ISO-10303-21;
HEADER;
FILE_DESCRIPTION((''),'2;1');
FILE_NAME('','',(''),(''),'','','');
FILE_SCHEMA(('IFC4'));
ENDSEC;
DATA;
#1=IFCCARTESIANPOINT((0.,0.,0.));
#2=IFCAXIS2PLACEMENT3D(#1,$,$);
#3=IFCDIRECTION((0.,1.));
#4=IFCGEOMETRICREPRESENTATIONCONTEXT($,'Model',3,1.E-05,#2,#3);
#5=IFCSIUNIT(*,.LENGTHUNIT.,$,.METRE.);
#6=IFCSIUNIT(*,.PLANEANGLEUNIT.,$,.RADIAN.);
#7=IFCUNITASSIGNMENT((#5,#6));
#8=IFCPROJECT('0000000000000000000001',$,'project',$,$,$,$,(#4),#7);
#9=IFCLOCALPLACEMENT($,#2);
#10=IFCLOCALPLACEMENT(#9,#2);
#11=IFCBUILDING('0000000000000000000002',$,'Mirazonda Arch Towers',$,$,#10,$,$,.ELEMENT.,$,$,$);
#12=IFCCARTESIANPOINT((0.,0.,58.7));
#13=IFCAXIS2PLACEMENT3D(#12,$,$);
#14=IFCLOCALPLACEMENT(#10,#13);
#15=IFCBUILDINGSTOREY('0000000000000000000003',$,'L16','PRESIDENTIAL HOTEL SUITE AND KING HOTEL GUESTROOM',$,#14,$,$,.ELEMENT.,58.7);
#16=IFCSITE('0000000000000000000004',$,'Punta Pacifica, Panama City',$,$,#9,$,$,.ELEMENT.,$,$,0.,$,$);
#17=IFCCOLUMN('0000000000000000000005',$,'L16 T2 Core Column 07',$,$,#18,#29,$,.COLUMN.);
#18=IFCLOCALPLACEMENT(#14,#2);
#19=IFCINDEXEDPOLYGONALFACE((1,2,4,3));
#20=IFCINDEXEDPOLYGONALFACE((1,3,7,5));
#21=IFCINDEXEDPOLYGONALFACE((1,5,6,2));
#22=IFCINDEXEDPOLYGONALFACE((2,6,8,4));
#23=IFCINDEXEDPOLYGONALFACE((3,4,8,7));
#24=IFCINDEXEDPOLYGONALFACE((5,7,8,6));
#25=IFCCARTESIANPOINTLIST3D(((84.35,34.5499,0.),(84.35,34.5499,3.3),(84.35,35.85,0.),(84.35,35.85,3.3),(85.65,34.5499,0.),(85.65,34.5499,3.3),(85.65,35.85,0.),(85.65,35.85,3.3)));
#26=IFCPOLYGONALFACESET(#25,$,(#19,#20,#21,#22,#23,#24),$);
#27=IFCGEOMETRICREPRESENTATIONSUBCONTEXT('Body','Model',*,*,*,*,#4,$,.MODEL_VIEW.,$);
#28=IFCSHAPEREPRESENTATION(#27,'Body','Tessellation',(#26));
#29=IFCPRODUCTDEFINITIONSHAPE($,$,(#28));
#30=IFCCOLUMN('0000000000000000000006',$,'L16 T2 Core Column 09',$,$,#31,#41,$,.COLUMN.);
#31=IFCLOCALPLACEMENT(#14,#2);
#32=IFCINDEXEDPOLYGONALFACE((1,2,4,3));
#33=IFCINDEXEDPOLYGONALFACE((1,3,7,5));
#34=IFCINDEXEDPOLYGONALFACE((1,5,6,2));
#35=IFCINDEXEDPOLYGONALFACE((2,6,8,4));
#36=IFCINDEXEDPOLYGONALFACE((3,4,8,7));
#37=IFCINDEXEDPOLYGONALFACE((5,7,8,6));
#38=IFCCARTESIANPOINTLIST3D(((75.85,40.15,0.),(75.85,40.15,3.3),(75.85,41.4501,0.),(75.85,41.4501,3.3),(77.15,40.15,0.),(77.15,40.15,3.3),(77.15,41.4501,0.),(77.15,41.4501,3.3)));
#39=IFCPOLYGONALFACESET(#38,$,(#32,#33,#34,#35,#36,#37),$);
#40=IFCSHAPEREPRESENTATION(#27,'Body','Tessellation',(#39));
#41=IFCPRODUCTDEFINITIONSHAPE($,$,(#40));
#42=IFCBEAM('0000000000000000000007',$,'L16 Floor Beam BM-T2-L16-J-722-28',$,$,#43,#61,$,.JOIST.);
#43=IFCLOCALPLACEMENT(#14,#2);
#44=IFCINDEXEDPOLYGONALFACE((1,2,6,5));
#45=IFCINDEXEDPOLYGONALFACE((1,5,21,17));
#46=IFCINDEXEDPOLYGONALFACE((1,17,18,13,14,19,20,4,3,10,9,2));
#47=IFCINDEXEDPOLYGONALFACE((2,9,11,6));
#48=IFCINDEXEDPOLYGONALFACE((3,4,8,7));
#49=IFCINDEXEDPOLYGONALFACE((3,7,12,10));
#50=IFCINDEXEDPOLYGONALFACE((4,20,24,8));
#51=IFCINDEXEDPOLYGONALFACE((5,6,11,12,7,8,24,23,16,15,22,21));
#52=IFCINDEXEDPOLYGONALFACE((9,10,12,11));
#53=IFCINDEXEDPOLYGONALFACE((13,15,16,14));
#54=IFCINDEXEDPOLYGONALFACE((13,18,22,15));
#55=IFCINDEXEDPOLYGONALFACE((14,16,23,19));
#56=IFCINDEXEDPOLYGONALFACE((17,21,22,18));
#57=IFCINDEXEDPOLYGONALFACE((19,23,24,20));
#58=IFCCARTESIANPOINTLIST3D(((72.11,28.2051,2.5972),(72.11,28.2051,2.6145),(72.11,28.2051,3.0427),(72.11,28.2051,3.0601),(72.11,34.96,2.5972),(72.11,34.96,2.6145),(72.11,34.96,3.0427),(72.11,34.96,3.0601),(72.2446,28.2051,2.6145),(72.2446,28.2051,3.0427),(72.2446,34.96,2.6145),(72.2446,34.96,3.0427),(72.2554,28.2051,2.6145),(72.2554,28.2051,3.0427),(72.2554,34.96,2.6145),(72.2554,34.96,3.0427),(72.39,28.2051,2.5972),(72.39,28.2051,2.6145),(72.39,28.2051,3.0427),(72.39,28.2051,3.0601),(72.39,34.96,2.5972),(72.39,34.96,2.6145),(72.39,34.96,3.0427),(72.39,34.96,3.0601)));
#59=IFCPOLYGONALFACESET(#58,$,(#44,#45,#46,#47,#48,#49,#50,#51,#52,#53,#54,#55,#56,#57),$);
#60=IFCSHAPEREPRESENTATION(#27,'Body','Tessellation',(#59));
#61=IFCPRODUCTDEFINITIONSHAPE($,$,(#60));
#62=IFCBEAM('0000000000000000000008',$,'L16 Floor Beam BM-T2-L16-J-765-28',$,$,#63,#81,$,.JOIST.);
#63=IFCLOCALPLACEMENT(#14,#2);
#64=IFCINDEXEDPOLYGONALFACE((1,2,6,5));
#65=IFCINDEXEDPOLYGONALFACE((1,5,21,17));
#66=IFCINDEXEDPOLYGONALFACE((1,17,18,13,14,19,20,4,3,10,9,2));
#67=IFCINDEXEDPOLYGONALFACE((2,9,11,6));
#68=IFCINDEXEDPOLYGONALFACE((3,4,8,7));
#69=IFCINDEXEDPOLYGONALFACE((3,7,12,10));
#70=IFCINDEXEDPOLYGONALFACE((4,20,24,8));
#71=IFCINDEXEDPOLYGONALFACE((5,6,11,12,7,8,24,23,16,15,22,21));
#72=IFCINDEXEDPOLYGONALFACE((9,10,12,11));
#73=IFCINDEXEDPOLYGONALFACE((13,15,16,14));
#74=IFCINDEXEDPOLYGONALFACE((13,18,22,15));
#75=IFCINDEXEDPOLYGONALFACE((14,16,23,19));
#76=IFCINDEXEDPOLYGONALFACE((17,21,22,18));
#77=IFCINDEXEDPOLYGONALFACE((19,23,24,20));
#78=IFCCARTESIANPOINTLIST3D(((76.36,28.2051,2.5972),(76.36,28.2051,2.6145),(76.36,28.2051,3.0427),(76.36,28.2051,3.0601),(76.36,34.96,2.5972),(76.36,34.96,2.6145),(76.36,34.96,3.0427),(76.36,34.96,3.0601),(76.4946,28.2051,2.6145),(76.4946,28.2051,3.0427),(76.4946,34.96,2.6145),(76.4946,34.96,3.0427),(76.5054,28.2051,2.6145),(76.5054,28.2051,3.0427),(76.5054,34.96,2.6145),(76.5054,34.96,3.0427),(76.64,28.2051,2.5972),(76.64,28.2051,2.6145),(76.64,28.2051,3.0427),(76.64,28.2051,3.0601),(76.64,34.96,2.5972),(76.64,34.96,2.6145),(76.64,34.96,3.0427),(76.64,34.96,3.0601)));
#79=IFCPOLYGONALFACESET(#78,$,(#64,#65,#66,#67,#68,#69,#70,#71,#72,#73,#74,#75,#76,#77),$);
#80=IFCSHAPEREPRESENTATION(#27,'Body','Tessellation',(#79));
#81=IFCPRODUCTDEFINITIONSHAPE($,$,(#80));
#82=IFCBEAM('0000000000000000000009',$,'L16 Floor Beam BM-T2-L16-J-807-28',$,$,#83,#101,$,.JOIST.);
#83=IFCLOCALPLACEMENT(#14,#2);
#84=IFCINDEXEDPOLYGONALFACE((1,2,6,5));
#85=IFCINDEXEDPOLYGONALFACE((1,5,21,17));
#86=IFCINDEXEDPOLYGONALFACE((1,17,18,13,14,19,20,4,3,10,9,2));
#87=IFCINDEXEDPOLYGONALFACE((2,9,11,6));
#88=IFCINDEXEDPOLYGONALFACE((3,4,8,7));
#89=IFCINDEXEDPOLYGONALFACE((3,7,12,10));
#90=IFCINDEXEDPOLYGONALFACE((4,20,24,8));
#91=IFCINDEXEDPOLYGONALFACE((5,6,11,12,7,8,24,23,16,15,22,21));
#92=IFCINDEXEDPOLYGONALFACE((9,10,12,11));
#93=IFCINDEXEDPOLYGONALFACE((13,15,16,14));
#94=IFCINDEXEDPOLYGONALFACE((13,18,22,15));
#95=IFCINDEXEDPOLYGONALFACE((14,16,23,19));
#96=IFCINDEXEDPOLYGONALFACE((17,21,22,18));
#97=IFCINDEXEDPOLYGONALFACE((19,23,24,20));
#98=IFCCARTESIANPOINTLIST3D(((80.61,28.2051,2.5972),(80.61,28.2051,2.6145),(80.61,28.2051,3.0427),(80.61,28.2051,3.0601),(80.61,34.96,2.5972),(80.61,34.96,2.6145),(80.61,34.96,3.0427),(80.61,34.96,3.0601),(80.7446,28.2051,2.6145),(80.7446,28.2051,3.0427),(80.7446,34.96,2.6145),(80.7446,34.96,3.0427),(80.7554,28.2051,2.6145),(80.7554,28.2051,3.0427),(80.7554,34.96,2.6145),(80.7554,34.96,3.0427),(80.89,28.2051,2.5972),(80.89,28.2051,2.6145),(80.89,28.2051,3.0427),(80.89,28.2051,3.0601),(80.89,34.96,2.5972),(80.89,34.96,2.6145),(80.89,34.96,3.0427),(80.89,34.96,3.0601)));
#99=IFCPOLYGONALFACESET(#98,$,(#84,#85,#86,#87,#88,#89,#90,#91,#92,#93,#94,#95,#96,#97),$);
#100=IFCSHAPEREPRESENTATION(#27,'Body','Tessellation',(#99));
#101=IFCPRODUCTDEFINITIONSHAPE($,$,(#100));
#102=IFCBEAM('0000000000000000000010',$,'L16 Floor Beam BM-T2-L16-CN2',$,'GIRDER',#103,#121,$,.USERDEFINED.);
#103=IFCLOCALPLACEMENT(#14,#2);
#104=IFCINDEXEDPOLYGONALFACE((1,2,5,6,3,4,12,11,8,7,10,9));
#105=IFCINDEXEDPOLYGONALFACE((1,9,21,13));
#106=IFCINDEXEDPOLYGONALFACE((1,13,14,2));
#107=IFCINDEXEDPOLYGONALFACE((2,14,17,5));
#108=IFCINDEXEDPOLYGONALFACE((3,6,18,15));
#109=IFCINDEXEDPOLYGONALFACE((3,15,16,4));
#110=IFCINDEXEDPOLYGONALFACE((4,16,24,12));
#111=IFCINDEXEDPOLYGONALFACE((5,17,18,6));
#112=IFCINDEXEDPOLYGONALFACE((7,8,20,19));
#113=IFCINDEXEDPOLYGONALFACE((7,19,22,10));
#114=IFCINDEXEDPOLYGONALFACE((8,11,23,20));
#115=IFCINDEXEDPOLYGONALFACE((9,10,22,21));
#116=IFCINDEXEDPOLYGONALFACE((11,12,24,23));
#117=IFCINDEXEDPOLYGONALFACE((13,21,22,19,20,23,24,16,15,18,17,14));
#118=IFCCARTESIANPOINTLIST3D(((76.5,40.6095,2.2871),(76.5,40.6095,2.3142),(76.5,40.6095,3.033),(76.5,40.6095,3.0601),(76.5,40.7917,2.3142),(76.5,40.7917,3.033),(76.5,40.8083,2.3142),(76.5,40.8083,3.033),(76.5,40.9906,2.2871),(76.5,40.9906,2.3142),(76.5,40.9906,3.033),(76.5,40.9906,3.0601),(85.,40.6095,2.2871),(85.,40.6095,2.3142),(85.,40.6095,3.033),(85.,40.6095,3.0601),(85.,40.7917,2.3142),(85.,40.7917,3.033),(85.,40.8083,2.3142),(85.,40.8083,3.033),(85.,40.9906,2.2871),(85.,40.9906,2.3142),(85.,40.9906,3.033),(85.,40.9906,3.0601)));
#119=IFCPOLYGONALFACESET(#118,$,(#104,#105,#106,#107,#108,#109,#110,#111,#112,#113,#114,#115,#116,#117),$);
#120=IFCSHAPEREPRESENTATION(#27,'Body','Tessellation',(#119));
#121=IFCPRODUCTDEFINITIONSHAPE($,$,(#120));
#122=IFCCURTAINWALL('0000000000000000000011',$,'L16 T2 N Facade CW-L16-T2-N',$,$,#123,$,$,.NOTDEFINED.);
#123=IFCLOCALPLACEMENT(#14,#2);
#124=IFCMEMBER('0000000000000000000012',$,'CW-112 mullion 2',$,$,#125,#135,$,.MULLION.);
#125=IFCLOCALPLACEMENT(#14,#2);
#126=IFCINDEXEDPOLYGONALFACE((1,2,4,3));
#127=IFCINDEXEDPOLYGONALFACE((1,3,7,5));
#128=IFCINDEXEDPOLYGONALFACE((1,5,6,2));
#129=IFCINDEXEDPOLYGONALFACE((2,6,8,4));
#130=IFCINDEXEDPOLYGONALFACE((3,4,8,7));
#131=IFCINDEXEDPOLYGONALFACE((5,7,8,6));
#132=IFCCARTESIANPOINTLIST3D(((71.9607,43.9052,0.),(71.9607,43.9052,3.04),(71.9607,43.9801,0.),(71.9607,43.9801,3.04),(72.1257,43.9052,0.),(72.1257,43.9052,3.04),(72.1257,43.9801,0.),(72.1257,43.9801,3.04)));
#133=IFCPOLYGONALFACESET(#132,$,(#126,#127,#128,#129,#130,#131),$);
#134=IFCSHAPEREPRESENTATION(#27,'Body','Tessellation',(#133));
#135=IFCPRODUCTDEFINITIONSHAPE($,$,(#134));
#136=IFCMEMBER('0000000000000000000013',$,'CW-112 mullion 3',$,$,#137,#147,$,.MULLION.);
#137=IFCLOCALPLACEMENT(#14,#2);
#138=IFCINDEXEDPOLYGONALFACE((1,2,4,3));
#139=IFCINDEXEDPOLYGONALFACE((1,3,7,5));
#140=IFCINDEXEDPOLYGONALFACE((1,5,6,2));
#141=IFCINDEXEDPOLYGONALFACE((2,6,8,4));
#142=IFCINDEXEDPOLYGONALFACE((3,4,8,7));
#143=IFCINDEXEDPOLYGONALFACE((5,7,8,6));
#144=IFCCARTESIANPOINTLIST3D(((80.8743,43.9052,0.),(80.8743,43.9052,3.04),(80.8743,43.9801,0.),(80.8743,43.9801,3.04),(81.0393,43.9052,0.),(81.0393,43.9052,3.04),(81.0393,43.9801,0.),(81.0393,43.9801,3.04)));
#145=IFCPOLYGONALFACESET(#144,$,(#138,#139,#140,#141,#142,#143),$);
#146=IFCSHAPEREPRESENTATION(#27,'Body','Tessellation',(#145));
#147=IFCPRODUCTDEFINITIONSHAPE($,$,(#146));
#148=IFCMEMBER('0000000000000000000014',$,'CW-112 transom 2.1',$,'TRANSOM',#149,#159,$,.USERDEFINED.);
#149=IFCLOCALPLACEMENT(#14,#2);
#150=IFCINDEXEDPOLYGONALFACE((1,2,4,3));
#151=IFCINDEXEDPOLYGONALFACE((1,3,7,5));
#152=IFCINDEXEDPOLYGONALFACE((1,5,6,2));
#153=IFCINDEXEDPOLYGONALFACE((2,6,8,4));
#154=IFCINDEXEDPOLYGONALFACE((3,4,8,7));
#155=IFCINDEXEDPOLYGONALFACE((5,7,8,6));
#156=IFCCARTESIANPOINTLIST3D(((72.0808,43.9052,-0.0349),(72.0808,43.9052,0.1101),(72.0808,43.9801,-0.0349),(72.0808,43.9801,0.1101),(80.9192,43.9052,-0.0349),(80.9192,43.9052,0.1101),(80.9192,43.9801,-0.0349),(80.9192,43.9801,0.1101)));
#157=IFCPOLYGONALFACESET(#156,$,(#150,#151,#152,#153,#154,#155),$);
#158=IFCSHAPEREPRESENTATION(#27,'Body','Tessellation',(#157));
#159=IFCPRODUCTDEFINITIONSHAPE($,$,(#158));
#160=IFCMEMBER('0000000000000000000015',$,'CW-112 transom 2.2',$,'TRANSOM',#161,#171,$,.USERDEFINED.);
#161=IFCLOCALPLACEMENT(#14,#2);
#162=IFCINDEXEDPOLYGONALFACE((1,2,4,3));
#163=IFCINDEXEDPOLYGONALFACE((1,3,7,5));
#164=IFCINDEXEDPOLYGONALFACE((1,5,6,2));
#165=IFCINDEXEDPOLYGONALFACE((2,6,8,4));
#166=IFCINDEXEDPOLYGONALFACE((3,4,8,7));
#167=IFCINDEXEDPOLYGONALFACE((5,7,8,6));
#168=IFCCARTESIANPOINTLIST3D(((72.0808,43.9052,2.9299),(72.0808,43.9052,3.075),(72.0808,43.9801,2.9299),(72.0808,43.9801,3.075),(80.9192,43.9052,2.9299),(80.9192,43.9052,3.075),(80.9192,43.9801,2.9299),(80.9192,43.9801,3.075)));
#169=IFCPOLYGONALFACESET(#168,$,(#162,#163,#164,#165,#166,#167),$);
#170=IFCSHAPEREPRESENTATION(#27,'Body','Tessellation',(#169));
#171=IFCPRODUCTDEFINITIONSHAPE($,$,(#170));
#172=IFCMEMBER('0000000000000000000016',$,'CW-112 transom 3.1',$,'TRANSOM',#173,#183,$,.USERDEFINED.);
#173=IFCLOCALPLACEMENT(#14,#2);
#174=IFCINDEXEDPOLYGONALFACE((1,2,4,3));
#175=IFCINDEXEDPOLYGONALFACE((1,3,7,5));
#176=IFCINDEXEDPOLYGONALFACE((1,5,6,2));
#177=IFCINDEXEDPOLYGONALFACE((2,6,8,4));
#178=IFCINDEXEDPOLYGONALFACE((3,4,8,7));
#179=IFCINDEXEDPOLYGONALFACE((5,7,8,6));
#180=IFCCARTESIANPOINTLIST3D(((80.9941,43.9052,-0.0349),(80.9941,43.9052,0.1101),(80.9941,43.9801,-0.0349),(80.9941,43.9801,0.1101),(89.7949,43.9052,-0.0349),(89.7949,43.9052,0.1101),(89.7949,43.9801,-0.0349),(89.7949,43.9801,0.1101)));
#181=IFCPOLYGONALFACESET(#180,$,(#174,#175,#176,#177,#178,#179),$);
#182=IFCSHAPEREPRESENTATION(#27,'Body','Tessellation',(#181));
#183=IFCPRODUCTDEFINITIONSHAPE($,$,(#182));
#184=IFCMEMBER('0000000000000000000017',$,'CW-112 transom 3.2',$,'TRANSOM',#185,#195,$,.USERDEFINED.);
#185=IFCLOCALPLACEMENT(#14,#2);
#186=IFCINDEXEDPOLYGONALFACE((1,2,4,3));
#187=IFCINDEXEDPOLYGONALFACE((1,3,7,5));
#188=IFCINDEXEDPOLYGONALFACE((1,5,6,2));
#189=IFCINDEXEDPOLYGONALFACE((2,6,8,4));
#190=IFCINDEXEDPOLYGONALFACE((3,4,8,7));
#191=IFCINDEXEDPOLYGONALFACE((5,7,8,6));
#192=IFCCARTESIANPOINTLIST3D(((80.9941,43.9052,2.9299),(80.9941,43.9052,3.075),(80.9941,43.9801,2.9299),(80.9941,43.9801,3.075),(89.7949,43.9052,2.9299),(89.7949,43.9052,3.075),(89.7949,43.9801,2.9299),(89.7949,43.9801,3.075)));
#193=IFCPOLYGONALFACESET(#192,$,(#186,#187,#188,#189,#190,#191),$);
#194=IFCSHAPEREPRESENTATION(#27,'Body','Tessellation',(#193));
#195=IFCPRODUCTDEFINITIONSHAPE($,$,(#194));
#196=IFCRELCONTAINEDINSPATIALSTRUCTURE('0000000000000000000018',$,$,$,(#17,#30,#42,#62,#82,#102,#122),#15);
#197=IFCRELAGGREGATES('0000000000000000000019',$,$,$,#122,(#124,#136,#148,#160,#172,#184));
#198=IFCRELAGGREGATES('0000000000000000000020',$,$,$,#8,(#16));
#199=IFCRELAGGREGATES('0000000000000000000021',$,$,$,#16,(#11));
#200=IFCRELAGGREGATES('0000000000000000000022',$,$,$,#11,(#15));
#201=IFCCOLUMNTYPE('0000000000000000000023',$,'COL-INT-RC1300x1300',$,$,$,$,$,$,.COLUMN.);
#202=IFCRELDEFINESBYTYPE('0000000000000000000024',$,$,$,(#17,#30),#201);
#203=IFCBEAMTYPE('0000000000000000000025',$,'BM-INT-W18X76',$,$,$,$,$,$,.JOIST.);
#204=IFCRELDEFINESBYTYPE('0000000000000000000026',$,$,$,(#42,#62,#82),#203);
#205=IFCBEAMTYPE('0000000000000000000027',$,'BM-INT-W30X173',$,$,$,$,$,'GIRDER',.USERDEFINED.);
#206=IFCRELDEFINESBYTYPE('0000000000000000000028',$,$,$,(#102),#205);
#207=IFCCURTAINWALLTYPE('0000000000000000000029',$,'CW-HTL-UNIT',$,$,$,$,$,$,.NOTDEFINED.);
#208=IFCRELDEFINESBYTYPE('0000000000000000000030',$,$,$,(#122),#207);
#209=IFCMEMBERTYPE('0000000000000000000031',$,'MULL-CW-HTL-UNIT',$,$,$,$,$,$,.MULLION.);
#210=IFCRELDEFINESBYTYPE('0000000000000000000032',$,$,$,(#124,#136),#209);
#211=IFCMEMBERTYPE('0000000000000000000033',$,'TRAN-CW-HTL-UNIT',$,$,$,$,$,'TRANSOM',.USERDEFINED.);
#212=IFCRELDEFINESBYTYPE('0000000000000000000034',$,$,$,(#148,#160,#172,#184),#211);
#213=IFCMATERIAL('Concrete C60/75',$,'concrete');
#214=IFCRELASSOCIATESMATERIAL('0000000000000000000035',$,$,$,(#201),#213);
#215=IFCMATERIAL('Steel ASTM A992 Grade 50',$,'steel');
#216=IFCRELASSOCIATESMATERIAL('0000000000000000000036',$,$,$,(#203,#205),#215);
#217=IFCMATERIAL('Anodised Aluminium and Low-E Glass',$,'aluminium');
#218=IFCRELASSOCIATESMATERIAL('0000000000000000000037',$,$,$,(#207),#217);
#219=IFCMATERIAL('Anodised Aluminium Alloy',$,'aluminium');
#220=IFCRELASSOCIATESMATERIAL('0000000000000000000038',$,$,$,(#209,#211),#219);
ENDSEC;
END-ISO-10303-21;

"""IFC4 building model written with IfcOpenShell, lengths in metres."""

from ifc_helpers import new_model, si_unit, direction, frame, origin, origin_2d, place, context, subcontext, project, spatial, rectangle, i_section, extrude, material, material_profile, profile_set, type_object, element, aggregate, save


model = new_model("IFC4")

# Units and contexts
model_context = context("Model", 3, precision=1e-05, world=origin(), true_north=direction((0.0, 1.0)))
body_context = subcontext(model_context, "Body", "Model", "MODEL_VIEW")
ifc_project = project(units=[si_unit("LENGTHUNIT", "METRE"), si_unit("PLANEANGLEUNIT", "RADIAN")], contexts=[model_context])

# Site, building, storey
site_placement = place(None, origin())
site = spatial("IfcSite", under=ifc_project, at=site_placement, Name="Punta Pacifica, Panama City", CompositionType="ELEMENT", RefElevation=0.0)
building_placement = place(site_placement, origin())
building = spatial("IfcBuilding", under=site, at=building_placement, Name="Mirazonda Arch Towers", CompositionType="ELEMENT")
storey_placement = place(building_placement, frame((0.0, 0.0, 58.7)))
storey = spatial("IfcBuildingStorey", under=building, at=storey_placement, Name="L16", Description="PRESIDENTIAL HOTEL SUITE AND KING HOTEL GUESTROOM", CompositionType="ELEMENT", Elevation=58.7)

# Columns
ifc_material_1 = material(Name="Concrete C60/75", Category="concrete")
ifc_material_profile_1 = material_profile(ifc_material_1, rectangle(XDim=1.3, YDim=1.3, at=origin_2d()), Name="RC1300x1300")
ifc_profile_set_1 = profile_set([ifc_material_profile_1], Name="Concrete C60/75")
column_type = type_object("IfcColumnType", Name="COL-INT-RC1300x1300", PredefinedType="COLUMN", material=ifc_profile_set_1)
for number, where, z_axis, x_axis, name in (
    (1, (85.0, 35.2, 0.0), (0.0, 0.0, 1.0), (1.0, 0.0, 0.0), "L16 T2 Core Column 07"),
    (2, (76.5, 40.8, 0.0), (0.0, 0.0, 1.0), (1.0, 0.0, 0.0), "L16 T2 Core Column 09"),
):
    element("IfcColumn", number, at=place(storey_placement, frame(where, z_axis=z_axis, x_axis=x_axis)), inside=storey, type_object=column_type, Name=name, PredefinedType="COLUMN", context=body_context, shape_type="SweptSolid", body=[
        extrude(rectangle(XDim=1.3, YDim=1.3, at=origin_2d()), origin(), (0.0, 0.0, 1.0), 3.3),
    ])

# Beams
ifc_material_2 = material(Name="Steel ASTM A992 Grade 50", Category="steel")
ifc_material_profile_2 = material_profile(ifc_material_2, i_section(OverallWidth=0.28, OverallDepth=0.4629, WebThickness=0.0107, FlangeThickness=0.0173, at=origin_2d()), Name="W18X76")
ifc_profile_set_2 = profile_set([ifc_material_profile_2], Name="Steel ASTM A992 Grade 50")
beam_type_1 = type_object("IfcBeamType", Name="BM-INT-W18X76", PredefinedType="JOIST", material=ifc_profile_set_2)
for number, where, z_axis, x_axis, name in (
    (3, (72.25, 28.2051, 2.8286), (0.0, 1.0, 0.0), (-1.0, 0.0, 0.0), "L16 Floor Beam BM-T2-L16-J-722-28"),
    (4, (76.5, 28.2051, 2.8286), (0.0, 1.0, 0.0), (-1.0, 0.0, 0.0), "L16 Floor Beam BM-T2-L16-J-765-28"),
    (5, (80.75, 28.2051, 2.8286), (0.0, 1.0, 0.0), (-1.0, 0.0, 0.0), "L16 Floor Beam BM-T2-L16-J-807-28"),
):
    element("IfcBeam", number, at=place(storey_placement, frame(where, z_axis=z_axis, x_axis=x_axis)), inside=storey, type_object=beam_type_1, Name=name, PredefinedType="JOIST", context=body_context, shape_type="SweptSolid", body=[
        extrude(i_section(OverallWidth=0.28, OverallDepth=0.4629, WebThickness=0.0107, FlangeThickness=0.0173, at=origin_2d()), origin(), (0.0, 0.0, 1.0), 6.7549),
    ])
ifc_material_profile_3 = material_profile(ifc_material_2, i_section(OverallWidth=0.3811, OverallDepth=0.7729, WebThickness=0.0166, FlangeThickness=0.0271, at=origin_2d()), Name="W30X173")
ifc_profile_set_3 = profile_set([ifc_material_profile_3], Name="Steel ASTM A992 Grade 50")
beam_type_2 = type_object("IfcBeamType", Name="BM-INT-W30X173", ElementType="GIRDER", PredefinedType="USERDEFINED", material=ifc_profile_set_3)
beam_placement = place(storey_placement, frame((76.5, 40.8, 2.6736), z_axis=(1.0, 0.0, 0.0), x_axis=(0.0, 1.0, 0.0)))
element("IfcBeam", 6, at=beam_placement, inside=storey, type_object=beam_type_2, Name="L16 Floor Beam BM-T2-L16-CN2", ObjectType="GIRDER", PredefinedType="USERDEFINED", context=body_context, shape_type="SweptSolid", body=[
    extrude(i_section(OverallWidth=0.3811, OverallDepth=0.7729, WebThickness=0.0166, FlangeThickness=0.0271, at=origin_2d()), origin(), (0.0, 0.0, 1.0), 8.5),
])

# Curtain wall, members
ifc_material_3 = material(Name="Anodised Aluminium and Low-E Glass", Category="aluminium")
curtain_wall_type = type_object("IfcCurtainWallType", Name="CW-HTL-UNIT", PredefinedType="NOTDEFINED", material=ifc_material_3)
curtain_wall_placement = place(storey_placement, origin())
curtain_wall = element("IfcCurtainWall", 7, at=curtain_wall_placement, inside=storey, type_object=curtain_wall_type, Name="L16 T2 N Facade CW-L16-T2-N", PredefinedType="NOTDEFINED")
ifc_material_4 = material(Name="Anodised Aluminium Alloy", Category="aluminium")
ifc_material_profile_4 = material_profile(ifc_material_4, rectangle(XDim=0.075, YDim=0.165, at=origin_2d()), Name="ALU-MULL-75x165")
ifc_profile_set_4 = profile_set([ifc_material_profile_4], Name="Anodised Aluminium Alloy")
member_type_1 = type_object("IfcMemberType", Name="MULL-CW-HTL-UNIT", PredefinedType="MULLION", material=ifc_profile_set_4)
member_1_placement = place(storey_placement, frame((72.0432, 43.9426, 0.0), z_axis=(0.0, 0.0, 1.0), x_axis=(0.0, 1.0, 0.0)))
member_1 = element("IfcMember", 8, at=member_1_placement, type_object=member_type_1, Name="CW-112 mullion 2", PredefinedType="MULLION", context=body_context, shape_type="SweptSolid", body=[
    extrude(rectangle(XDim=0.075, YDim=0.165, at=origin_2d()), origin(), (0.0, 0.0, 1.0), 3.04),
])
member_2_placement = place(storey_placement, frame((80.9568, 43.9426, 0.0), z_axis=(0.0, 0.0, 1.0), x_axis=(0.0, 1.0, 0.0)))
member_2 = element("IfcMember", 9, at=member_2_placement, type_object=member_type_1, Name="CW-112 mullion 3", PredefinedType="MULLION", context=body_context, shape_type="SweptSolid", body=[
    extrude(rectangle(XDim=0.075, YDim=0.165, at=origin_2d()), origin(), (0.0, 0.0, 1.0), 3.04),
])
ifc_material_profile_5 = material_profile(ifc_material_4, rectangle(XDim=0.075, YDim=0.145, at=origin_2d()), Name="ALU-TRAN-75x145")
ifc_profile_set_5 = profile_set([ifc_material_profile_5], Name="Anodised Aluminium Alloy")
member_type_2 = type_object("IfcMemberType", Name="TRAN-CW-HTL-UNIT", ElementType="TRANSOM", PredefinedType="USERDEFINED", material=ifc_profile_set_5)
member_3_placement = place(storey_placement, frame((72.0808, 43.9426, 0.0376), z_axis=(1.0, 0.0, 0.0), x_axis=(0.0, 1.0, 0.0)))
member_3 = element("IfcMember", 10, at=member_3_placement, type_object=member_type_2, Name="CW-112 transom 2.1", ObjectType="TRANSOM", PredefinedType="USERDEFINED", context=body_context, shape_type="SweptSolid", body=[
    extrude(rectangle(XDim=0.075, YDim=0.145, at=origin_2d()), origin(), (0.0, 0.0, 1.0), 8.8384),
])
member_4_placement = place(storey_placement, frame((72.0808, 43.9426, 3.0024), z_axis=(1.0, 0.0, 0.0), x_axis=(0.0, 1.0, 0.0)))
member_4 = element("IfcMember", 11, at=member_4_placement, type_object=member_type_2, Name="CW-112 transom 2.2", ObjectType="TRANSOM", PredefinedType="USERDEFINED", context=body_context, shape_type="SweptSolid", body=[
    extrude(rectangle(XDim=0.075, YDim=0.145, at=origin_2d()), origin(), (0.0, 0.0, 1.0), 8.8384),
])
member_5_placement = place(storey_placement, frame((80.9941, 43.9426, 0.0376), z_axis=(1.0, 0.0, 0.0), x_axis=(0.0, 1.0, 0.0)))
member_5 = element("IfcMember", 12, at=member_5_placement, type_object=member_type_2, Name="CW-112 transom 3.1", ObjectType="TRANSOM", PredefinedType="USERDEFINED", context=body_context, shape_type="SweptSolid", body=[
    extrude(rectangle(XDim=0.075, YDim=0.145, at=origin_2d()), origin(), (0.0, 0.0, 1.0), 8.8008),
])
member_6_placement = place(storey_placement, frame((80.9941, 43.9426, 3.0024), z_axis=(1.0, 0.0, 0.0), x_axis=(0.0, 1.0, 0.0)))
member_6 = element("IfcMember", 13, at=member_6_placement, type_object=member_type_2, Name="CW-112 transom 3.2", ObjectType="TRANSOM", PredefinedType="USERDEFINED", context=body_context, shape_type="SweptSolid", body=[
    extrude(rectangle(XDim=0.075, YDim=0.145, at=origin_2d()), origin(), (0.0, 0.0, 1.0), 8.8008),
])
aggregate(curtain_wall, [member_1, member_2, member_3, member_4, member_5, member_6])

save(model, "model.ifc")
